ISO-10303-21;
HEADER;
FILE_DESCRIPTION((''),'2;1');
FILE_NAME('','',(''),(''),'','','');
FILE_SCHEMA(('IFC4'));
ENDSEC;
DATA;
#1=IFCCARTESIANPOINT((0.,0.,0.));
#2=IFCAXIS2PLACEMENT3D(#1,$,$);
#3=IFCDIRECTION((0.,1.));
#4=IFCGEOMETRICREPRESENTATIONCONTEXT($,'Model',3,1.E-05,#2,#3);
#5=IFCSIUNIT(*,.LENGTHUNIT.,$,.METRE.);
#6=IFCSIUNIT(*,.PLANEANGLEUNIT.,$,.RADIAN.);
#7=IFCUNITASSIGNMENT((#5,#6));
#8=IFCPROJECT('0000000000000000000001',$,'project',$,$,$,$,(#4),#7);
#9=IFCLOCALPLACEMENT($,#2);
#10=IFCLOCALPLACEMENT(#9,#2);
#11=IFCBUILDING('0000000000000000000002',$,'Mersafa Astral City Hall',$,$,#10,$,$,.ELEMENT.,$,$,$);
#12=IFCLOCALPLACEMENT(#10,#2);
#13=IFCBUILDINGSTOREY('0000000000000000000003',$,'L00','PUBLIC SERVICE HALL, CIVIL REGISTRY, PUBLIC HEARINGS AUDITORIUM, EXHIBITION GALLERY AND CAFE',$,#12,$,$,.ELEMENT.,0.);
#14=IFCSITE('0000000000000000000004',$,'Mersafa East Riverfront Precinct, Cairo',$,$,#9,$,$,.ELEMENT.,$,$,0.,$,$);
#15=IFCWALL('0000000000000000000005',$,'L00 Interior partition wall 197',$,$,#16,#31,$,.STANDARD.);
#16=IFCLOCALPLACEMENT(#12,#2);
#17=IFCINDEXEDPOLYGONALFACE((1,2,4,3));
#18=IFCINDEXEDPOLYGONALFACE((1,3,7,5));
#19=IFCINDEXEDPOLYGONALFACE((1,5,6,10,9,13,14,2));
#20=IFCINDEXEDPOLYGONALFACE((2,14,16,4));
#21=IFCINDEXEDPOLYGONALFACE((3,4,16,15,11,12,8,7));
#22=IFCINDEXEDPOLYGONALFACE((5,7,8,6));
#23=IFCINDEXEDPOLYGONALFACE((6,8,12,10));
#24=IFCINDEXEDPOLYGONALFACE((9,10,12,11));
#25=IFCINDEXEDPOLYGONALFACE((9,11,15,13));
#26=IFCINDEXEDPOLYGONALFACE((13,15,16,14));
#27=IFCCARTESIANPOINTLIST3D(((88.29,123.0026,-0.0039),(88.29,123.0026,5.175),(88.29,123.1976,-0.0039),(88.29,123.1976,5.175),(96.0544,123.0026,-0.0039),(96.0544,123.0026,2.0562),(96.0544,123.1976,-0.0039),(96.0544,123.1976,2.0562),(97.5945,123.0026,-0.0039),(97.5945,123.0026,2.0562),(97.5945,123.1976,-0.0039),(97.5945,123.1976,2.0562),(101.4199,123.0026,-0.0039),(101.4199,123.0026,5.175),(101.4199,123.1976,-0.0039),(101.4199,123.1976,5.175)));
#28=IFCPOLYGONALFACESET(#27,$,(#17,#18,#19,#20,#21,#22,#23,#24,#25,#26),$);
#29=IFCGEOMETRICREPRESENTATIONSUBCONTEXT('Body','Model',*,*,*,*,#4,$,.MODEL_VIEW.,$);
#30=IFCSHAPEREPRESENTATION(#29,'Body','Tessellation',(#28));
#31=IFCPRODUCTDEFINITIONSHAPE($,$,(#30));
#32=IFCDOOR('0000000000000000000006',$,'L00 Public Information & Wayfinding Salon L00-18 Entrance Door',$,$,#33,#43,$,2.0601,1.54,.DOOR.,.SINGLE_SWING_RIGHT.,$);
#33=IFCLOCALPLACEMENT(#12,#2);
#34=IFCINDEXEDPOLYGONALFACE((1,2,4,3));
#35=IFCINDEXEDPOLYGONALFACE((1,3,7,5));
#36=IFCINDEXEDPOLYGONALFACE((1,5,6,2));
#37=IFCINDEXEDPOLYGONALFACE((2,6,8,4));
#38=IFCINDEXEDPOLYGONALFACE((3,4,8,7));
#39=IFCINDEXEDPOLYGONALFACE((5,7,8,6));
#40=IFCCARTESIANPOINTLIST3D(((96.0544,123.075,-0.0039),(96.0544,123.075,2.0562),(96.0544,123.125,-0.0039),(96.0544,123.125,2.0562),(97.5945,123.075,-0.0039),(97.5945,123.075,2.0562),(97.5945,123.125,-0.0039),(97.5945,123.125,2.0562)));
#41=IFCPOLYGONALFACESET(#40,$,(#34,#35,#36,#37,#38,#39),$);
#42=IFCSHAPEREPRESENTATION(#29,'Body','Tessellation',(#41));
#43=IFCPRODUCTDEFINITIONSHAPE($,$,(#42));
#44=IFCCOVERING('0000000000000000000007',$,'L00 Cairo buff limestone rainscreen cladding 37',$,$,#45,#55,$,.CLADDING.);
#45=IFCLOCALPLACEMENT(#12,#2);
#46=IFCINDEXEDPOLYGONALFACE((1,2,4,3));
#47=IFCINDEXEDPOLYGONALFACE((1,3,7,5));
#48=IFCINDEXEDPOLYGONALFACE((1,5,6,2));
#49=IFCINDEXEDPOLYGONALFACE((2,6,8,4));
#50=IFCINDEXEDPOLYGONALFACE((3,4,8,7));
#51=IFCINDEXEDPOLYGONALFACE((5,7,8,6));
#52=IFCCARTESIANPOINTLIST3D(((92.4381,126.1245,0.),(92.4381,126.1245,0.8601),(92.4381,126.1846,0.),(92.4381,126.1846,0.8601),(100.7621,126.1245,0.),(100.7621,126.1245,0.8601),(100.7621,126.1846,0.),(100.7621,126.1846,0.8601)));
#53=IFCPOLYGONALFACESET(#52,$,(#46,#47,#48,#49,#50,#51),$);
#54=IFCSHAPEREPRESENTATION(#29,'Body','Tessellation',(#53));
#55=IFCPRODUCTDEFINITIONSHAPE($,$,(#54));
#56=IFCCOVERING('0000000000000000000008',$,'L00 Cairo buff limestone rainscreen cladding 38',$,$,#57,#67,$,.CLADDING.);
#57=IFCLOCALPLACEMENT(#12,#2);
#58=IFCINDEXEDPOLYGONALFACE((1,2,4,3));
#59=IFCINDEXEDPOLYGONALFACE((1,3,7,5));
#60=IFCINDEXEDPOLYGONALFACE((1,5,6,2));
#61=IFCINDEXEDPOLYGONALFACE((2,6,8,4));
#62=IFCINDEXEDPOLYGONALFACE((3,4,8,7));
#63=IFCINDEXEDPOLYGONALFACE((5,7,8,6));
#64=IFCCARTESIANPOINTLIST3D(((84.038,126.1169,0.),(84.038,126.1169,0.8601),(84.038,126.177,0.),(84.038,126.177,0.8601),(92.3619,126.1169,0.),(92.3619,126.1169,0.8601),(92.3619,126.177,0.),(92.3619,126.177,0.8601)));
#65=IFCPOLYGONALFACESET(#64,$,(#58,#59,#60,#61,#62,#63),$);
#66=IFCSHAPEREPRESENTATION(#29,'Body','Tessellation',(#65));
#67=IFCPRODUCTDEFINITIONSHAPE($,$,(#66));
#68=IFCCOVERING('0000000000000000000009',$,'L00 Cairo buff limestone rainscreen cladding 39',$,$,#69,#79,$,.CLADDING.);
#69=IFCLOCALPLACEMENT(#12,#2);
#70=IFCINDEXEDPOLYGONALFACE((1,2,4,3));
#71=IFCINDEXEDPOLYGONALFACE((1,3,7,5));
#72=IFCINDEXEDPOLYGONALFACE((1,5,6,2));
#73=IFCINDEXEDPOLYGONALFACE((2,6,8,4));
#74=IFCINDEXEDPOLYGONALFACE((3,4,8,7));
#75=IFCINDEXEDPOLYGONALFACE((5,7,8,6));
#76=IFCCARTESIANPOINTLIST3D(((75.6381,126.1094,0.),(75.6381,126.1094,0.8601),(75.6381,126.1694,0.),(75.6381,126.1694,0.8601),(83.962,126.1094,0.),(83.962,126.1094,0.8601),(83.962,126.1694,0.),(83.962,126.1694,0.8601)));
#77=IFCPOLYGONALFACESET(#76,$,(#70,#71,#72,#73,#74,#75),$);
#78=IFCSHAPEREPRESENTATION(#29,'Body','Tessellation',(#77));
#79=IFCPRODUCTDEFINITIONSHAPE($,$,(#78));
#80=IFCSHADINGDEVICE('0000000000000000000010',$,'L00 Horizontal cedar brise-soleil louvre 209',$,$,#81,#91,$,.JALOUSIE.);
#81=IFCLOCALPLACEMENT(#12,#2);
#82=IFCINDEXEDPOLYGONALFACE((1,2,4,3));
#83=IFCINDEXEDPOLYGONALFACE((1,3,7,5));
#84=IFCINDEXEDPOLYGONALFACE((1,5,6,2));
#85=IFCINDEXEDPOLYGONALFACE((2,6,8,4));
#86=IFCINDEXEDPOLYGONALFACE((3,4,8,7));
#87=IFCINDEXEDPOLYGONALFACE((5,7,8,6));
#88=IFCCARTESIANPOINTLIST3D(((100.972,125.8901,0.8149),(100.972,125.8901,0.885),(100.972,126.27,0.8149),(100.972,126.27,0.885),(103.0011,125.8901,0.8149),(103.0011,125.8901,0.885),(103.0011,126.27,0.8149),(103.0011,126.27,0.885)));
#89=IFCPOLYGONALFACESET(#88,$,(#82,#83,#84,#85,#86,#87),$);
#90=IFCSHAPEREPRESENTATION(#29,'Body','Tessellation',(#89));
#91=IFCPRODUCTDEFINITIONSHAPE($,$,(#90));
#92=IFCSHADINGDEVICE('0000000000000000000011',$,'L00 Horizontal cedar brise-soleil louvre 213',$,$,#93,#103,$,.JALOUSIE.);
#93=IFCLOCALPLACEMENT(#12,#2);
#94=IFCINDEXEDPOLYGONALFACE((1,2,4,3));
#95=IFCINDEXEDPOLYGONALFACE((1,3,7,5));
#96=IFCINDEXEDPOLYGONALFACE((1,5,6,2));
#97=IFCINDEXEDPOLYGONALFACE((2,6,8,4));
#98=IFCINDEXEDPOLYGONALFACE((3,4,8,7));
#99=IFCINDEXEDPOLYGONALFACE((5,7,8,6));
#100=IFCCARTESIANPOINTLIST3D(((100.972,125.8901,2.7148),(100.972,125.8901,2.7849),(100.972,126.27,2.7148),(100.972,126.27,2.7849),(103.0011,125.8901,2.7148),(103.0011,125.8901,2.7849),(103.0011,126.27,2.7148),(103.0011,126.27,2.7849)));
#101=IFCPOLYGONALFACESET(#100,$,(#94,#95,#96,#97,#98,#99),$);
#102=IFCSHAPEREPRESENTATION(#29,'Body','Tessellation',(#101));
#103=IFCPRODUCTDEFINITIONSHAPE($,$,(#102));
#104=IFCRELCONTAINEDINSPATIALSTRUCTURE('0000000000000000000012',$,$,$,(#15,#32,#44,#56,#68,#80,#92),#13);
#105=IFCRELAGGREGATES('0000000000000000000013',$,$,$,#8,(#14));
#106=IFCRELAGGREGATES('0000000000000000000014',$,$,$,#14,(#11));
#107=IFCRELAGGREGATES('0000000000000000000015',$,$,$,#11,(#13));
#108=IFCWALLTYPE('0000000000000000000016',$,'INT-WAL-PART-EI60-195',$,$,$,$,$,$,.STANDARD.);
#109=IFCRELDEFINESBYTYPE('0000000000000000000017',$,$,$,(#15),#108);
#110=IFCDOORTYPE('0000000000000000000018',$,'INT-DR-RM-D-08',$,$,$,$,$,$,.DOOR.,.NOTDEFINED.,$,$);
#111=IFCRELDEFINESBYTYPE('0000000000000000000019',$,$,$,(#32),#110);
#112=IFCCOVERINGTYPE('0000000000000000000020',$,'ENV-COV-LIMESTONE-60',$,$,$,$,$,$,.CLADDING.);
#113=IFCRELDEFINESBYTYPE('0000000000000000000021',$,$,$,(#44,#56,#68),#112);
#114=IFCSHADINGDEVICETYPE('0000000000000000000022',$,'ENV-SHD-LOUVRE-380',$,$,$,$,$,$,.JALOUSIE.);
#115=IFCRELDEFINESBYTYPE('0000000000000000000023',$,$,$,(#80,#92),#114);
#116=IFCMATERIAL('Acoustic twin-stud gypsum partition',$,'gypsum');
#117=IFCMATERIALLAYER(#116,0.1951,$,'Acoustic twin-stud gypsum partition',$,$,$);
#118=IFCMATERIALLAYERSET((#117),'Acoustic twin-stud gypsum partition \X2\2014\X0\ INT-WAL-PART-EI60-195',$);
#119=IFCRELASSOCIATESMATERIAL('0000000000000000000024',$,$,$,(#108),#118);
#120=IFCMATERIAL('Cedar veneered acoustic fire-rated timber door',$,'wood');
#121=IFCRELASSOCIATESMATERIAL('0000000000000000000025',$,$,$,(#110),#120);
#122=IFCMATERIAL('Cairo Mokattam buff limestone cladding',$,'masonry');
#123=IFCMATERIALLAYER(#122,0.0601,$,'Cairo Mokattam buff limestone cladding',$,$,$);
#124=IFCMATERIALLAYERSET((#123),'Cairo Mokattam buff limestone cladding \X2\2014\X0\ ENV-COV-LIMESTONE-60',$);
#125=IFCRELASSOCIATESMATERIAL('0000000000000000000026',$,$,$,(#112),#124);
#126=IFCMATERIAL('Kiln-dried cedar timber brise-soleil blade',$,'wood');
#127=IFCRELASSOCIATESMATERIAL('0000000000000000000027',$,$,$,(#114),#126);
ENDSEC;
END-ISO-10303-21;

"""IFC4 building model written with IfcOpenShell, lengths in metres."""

from ifc_helpers import new_model, si_unit, direction, frame, frame_2d, origin, origin_2d, place, context, subcontext, project, spatial, rectangle, extrude, material, layer, layer_set, type_object, element, fill, save


model = new_model("IFC4")

# Units and contexts
model_context = context("Model", 3, precision=1e-05, world=origin(), true_north=direction((0.0, 1.0)))
body_context = subcontext(model_context, "Body", "Model", "MODEL_VIEW")
ifc_project = project(units=[si_unit("LENGTHUNIT", "METRE"), si_unit("PLANEANGLEUNIT", "RADIAN")], contexts=[model_context])

# Site, building, storey
site_placement = place(None, origin())
site = spatial("IfcSite", under=ifc_project, at=site_placement, Name="Mersafa East Riverfront Precinct, Cairo", CompositionType="ELEMENT", RefElevation=0.0)
building_placement = place(site_placement, origin())
building = spatial("IfcBuilding", under=site, at=building_placement, Name="Mersafa Astral City Hall", CompositionType="ELEMENT")
storey_placement = place(building_placement, origin())
storey = spatial("IfcBuildingStorey", under=building, at=storey_placement, Name="L00", Description="PUBLIC SERVICE HALL, CIVIL REGISTRY, PUBLIC HEARINGS AUDITORIUM, EXHIBITION GALLERY AND CAFE", CompositionType="ELEMENT", Elevation=0.0)

# Shared definitions
ifc_material_1 = material(Name="Acoustic twin-stud gypsum partition", Category="gypsum")

# Wall, opening, door
ifc_layer_1 = layer(ifc_material_1, 0.1951, Name="Acoustic twin-stud gypsum partition")
ifc_layer_set_1 = layer_set([ifc_layer_1], Name="Acoustic twin-stud gypsum partition — INT-WAL-PART-EI60-195")
wall_type_1 = type_object("IfcWallType", Name="INT-WAL-PART-EI60-195", PredefinedType="STANDARD", material=ifc_layer_set_1)
wall_1_placement = place(storey_placement, frame((88.29, 123.1001, -0.0039), z_axis=(0.0, 0.0, 1.0), x_axis=(1.0, 0.0, 0.0)))
wall_1 = element("IfcWall", 1, at=wall_1_placement, inside=storey, type_object=wall_type_1, Name="L00 Interior partition wall 197", PredefinedType="STANDARD", context=body_context, shape_type="SweptSolid", body=[
    extrude(rectangle(XDim=13.1299, YDim=0.1951, at=frame_2d((6.5649, 0.0))), origin(), (0.0, 0.0, 1.0), 5.179),
])
opening_1_placement = place(wall_1_placement, frame((7.7644, 0.0, 0.0)))
opening_1 = element("IfcOpeningElement", 2, at=opening_1_placement, cuts=wall_1, PredefinedType="OPENING", context=body_context, shape_type="SweptSolid", body=[
    extrude(rectangle(XDim=1.54, YDim=2.0601, at=frame_2d((0.77, 1.03))), frame((0.0, 0.1074, 0.0), z_axis=(0.0, -1.0, 0.0), x_axis=(1.0, 0.0, 0.0)), (0.0, 0.0, 1.0), 0.2151),
])
ifc_material_2 = material(Name="Cedar veneered acoustic fire-rated timber door", Category="wood")
door_type = type_object("IfcDoorType", Name="INT-DR-RM-D-08", OperationType="NOTDEFINED", PredefinedType="DOOR", material=ifc_material_2)
door_placement = place(opening_1_placement, origin())
door = element("IfcDoor", 3, at=door_placement, inside=storey, type_object=door_type, Name="L00 Public Information & Wayfinding Salon L00-18 Entrance Door", OperationType="SINGLE_SWING_RIGHT", OverallHeight=2.0601, OverallWidth=1.54, PredefinedType="DOOR", context=body_context, shape_type="SweptSolid", body=[
    extrude(rectangle(XDim=1.54, YDim=2.0601, at=frame_2d((0.77, 1.03))), frame((0.0, 0.0249, 0.0), z_axis=(0.0, -1.0, 0.0), x_axis=(1.0, 0.0, 0.0)), (0.0, 0.0, 1.0), 0.05),
])
fill(opening_1, door)

# Coverings
ifc_material_3 = material(Name="Cairo Mokattam buff limestone cladding", Category="masonry")
ifc_layer_2 = layer(ifc_material_3, 0.0601, Name="Cairo Mokattam buff limestone cladding")
ifc_layer_set_2 = layer_set([ifc_layer_2], Name="Cairo Mokattam buff limestone cladding — ENV-COV-LIMESTONE-60")
covering_type = type_object("IfcCoveringType", Name="ENV-COV-LIMESTONE-60", PredefinedType="CLADDING", material=ifc_layer_set_2)
for number, where, z_axis, x_axis, name in (
    (4, (96.6001, 126.1545, 0.0), (0.0, 0.0, 1.0), (-1.0, 0.0, 0.0), "L00 Cairo buff limestone rainscreen cladding 37"),
    (5, (88.2, 126.147, 0.0), (0.0, 0.0, 1.0), (-1.0, 0.0, 0.0), "L00 Cairo buff limestone rainscreen cladding 38"),
    (6, (79.8, 126.1394, 0.0), (0.0, 0.0, 1.0), (-1.0, 0.0, 0.0), "L00 Cairo buff limestone rainscreen cladding 39"),
):
    element("IfcCovering", number, at=place(storey_placement, frame(where, z_axis=z_axis, x_axis=x_axis)), inside=storey, type_object=covering_type, Name=name, PredefinedType="CLADDING", context=body_context, shape_type="SweptSolid", body=[
        extrude(rectangle(XDim=8.324, YDim=0.0601, at=origin_2d()), origin(), (0.0, 0.0, 1.0), 0.8601),
    ])

# Shading devices
ifc_material_4 = material(Name="Kiln-dried cedar timber brise-soleil blade", Category="wood")
shading_device_type = type_object("IfcShadingDeviceType", Name="ENV-SHD-LOUVRE-380", PredefinedType="JALOUSIE", material=ifc_material_4)
for number, where, z_axis, x_axis, name in (
    (7, (101.9866, 126.0801, 0.8149), (0.0, 0.0, 1.0), (-1.0, 0.0, 0.0), "L00 Horizontal cedar brise-soleil louvre 209"),
    (8, (101.9866, 126.0801, 2.7148), (0.0, 0.0, 1.0), (-1.0, 0.0, 0.0), "L00 Horizontal cedar brise-soleil louvre 213"),
):
    element("IfcShadingDevice", number, at=place(storey_placement, frame(where, z_axis=z_axis, x_axis=x_axis)), inside=storey, type_object=shading_device_type, Name=name, PredefinedType="JALOUSIE", context=body_context, shape_type="SweptSolid", body=[
        extrude(rectangle(XDim=2.0291, YDim=0.3799, at=origin_2d()), origin(), (0.0, 0.0, 1.0), 0.0701),
    ])

save(model, "model.ifc")
